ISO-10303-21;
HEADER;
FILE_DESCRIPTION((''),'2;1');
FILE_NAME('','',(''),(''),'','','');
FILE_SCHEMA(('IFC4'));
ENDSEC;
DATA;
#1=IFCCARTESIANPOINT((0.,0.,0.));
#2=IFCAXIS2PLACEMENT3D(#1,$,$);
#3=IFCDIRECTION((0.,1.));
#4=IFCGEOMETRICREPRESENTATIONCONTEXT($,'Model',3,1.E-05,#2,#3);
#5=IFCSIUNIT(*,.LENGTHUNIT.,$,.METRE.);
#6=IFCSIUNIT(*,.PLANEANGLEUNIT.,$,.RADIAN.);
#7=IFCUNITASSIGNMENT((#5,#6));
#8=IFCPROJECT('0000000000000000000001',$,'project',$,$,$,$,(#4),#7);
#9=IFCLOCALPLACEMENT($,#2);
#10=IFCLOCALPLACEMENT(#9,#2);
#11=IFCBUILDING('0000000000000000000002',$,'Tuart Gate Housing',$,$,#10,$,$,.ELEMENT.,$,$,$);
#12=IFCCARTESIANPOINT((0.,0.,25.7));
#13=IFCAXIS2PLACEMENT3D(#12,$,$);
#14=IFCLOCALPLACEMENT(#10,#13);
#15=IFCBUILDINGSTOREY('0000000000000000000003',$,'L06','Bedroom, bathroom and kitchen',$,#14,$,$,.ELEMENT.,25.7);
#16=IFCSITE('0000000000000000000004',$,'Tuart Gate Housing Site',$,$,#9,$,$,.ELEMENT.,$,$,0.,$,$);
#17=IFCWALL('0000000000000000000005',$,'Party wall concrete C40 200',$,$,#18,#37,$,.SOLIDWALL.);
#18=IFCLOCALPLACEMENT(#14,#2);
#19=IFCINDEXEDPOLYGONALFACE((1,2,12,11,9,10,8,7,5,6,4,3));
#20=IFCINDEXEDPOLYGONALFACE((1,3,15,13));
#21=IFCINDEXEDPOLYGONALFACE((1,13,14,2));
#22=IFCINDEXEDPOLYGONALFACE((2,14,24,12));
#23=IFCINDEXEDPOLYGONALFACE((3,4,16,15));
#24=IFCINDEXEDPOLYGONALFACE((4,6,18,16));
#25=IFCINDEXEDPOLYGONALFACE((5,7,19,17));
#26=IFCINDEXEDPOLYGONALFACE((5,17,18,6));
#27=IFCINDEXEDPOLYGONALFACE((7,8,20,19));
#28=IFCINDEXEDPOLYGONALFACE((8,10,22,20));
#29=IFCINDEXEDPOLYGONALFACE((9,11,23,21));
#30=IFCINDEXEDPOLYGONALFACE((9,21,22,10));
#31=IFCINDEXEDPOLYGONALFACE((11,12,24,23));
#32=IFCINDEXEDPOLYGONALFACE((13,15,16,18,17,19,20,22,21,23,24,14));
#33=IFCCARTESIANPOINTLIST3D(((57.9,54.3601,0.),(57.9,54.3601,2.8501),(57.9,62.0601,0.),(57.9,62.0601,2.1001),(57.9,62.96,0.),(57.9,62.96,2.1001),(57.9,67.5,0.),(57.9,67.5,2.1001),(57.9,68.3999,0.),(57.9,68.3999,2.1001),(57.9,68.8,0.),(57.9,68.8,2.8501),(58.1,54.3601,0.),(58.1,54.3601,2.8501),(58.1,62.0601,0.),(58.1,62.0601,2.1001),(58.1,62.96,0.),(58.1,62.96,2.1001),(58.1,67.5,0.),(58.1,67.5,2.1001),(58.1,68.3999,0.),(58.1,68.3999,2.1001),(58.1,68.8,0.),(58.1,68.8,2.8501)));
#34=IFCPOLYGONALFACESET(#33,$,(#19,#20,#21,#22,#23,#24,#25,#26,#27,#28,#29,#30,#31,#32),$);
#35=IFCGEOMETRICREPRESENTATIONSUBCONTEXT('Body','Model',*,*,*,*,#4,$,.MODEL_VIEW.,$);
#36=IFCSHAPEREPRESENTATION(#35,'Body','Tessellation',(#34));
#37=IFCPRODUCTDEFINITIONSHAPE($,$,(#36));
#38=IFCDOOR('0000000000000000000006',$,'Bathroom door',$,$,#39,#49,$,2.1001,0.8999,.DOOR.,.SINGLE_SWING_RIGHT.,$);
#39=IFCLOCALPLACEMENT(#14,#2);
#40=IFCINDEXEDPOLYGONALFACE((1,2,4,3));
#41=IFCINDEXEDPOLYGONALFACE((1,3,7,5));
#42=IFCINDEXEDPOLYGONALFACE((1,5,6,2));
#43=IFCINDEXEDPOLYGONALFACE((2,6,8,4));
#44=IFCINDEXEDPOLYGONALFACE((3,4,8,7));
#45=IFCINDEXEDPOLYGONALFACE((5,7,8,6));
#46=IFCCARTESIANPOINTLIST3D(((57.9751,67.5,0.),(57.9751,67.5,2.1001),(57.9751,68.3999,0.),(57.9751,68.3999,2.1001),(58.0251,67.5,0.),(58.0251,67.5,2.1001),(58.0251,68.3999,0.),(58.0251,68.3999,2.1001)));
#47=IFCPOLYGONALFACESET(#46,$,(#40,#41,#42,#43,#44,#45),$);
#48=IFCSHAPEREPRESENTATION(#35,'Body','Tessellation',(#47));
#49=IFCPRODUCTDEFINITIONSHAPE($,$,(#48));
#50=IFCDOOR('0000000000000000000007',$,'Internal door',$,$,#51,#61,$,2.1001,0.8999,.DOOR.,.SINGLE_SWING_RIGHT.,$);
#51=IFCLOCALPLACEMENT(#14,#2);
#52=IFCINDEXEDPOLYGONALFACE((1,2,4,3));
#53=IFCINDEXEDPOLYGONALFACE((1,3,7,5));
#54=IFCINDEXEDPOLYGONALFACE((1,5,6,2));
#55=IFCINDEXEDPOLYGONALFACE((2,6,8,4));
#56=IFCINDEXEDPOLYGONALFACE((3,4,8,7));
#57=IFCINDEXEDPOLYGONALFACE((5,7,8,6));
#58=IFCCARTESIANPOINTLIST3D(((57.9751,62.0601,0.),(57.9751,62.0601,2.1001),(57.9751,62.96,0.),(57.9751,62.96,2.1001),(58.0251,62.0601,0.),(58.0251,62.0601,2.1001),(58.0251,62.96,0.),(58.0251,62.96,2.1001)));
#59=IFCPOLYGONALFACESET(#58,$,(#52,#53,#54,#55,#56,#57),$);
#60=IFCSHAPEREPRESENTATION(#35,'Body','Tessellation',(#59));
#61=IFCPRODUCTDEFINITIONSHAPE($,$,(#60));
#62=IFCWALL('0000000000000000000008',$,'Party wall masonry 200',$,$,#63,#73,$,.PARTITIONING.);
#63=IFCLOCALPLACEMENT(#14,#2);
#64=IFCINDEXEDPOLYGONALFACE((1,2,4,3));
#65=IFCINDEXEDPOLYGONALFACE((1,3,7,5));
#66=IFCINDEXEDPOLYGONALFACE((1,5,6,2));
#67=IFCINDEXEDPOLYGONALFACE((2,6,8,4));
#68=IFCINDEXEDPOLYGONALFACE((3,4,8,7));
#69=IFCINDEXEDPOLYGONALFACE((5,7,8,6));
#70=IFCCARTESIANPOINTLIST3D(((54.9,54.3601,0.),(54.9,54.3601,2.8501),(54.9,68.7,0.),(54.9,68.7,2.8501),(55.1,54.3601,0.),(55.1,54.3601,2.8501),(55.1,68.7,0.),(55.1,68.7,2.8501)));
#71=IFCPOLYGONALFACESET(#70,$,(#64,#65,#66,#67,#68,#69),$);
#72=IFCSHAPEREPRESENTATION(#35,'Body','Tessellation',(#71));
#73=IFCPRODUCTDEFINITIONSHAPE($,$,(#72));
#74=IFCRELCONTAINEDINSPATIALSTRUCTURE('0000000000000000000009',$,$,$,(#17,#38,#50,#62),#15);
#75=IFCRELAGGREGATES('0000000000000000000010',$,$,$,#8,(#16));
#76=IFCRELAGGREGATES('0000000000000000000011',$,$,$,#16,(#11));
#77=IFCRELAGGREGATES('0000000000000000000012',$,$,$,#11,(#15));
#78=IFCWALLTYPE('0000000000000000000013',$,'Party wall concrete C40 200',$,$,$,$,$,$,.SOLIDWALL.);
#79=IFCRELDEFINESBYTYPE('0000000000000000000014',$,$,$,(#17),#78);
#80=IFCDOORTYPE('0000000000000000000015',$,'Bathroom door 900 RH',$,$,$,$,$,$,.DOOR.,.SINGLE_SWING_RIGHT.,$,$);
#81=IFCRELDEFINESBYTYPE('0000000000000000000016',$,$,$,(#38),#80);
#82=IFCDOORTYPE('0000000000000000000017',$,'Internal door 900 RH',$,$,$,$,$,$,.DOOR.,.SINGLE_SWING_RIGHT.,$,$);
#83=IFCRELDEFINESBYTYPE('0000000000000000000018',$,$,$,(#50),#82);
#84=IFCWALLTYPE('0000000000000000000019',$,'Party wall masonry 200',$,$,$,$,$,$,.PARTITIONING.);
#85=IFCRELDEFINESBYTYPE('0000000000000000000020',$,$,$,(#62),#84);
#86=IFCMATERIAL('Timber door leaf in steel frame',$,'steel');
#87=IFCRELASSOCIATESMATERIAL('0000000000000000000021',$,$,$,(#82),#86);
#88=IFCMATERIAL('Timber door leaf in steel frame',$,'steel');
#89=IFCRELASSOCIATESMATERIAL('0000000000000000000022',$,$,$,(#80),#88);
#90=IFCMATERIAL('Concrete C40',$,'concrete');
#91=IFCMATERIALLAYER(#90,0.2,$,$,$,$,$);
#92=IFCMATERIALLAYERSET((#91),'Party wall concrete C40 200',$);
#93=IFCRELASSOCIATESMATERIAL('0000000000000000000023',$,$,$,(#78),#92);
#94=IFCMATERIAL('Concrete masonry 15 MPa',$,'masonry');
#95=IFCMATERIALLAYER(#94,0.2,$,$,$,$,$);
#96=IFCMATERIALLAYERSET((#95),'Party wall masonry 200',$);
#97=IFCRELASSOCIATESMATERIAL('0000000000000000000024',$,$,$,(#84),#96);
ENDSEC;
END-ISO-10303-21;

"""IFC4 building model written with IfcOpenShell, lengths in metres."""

from ifc_helpers import new_model, si_unit, direction, frame, frame_2d, origin, place, context, subcontext, project, spatial, rectangle, extrude, material, layer, layer_set, type_object, element, fill, save


model = new_model("IFC4")

# Units and contexts
model_context = context("Model", 3, precision=1e-05, world=origin(), true_north=direction((0.0, 1.0)))
body_context = subcontext(model_context, "Body", "Model", "MODEL_VIEW")
ifc_project = project(units=[si_unit("LENGTHUNIT", "METRE"), si_unit("PLANEANGLEUNIT", "RADIAN")], contexts=[model_context])

# Site, building, storey
site_placement = place(None, origin())
site = spatial("IfcSite", under=ifc_project, at=site_placement, Name="Tuart Gate Housing Site", CompositionType="ELEMENT", RefElevation=0.0)
building_placement = place(site_placement, origin())
building = spatial("IfcBuilding", under=site, at=building_placement, Name="Tuart Gate Housing", CompositionType="ELEMENT")
storey_placement = place(building_placement, frame((0.0, 0.0, 25.7)))
storey = spatial("IfcBuildingStorey", under=building, at=storey_placement, Name="L06", Description="Bedroom, bathroom and kitchen", CompositionType="ELEMENT", Elevation=25.7)

# Shared definitions
ifc_material_1 = material(Name="Timber door leaf in steel frame", Category="steel")
door_type_1 = type_object("IfcDoorType", Name="Internal door 900 RH", OperationType="SINGLE_SWING_RIGHT", PredefinedType="DOOR", material=ifc_material_1)

# Shared definitions
ifc_material_2 = material(Name="Timber door leaf in steel frame", Category="steel")
door_type_2 = type_object("IfcDoorType", Name="Bathroom door 900 RH", OperationType="SINGLE_SWING_RIGHT", PredefinedType="DOOR", material=ifc_material_2)

# Shared definitions
ifc_material_3 = material(Name="Concrete C40", Category="concrete")
ifc_layer_1 = layer(ifc_material_3, 0.2)
ifc_layer_set_1 = layer_set([ifc_layer_1], Name="Party wall concrete C40 200")
wall_type_1 = type_object("IfcWallType", Name="Party wall concrete C40 200", PredefinedType="SOLIDWALL", material=ifc_layer_set_1)

# Wall, openings, doors
wall_1_placement = place(storey_placement, frame((58.0, 54.3601, 0.0), z_axis=(0.0, 0.0, 1.0), x_axis=(0.0, 1.0, 0.0)))
wall_1 = element("IfcWall", 1, at=wall_1_placement, inside=storey, type_object=wall_type_1, Name="Party wall concrete C40 200", PredefinedType="SOLIDWALL", context=body_context, shape_type="SweptSolid", body=[
    extrude(rectangle(XDim=14.4399, YDim=0.2, at=frame_2d((7.22, 0.0))), origin(), (0.0, 0.0, 1.0), 2.8501),
])
opening_1_placement = place(wall_1_placement, frame((7.7, 0.0, 0.0)))
opening_1 = element("IfcOpeningElement", 2, at=opening_1_placement, cuts=wall_1, PredefinedType="OPENING", context=body_context, shape_type="SweptSolid", body=[
    extrude(rectangle(XDim=0.8999, YDim=2.1001, at=frame_2d((0.45, 1.05))), frame((0.0, 0.1099, 0.0), z_axis=(0.0, -1.0, 0.0), x_axis=(1.0, 0.0, 0.0)), (0.0, 0.0, 1.0), 0.22),
])
opening_2_placement = place(wall_1_placement, frame((13.1399, 0.0, 0.0)))
opening_2 = element("IfcOpeningElement", 3, at=opening_2_placement, cuts=wall_1, PredefinedType="OPENING", context=body_context, shape_type="SweptSolid", body=[
    extrude(rectangle(XDim=0.8999, YDim=2.1001, at=frame_2d((0.45, 1.05))), frame((0.0, 0.1099, 0.0), z_axis=(0.0, -1.0, 0.0), x_axis=(1.0, 0.0, 0.0)), (0.0, 0.0, 1.0), 0.22),
])
door_1_placement = place(opening_2_placement, origin())
door_1 = element("IfcDoor", 4, at=door_1_placement, inside=storey, type_object=door_type_2, Name="Bathroom door", OperationType="SINGLE_SWING_RIGHT", OverallHeight=2.1001, OverallWidth=0.8999, PredefinedType="DOOR", context=body_context, shape_type="SweptSolid", body=[
    extrude(rectangle(XDim=0.8999, YDim=2.1001, at=frame_2d((0.45, 1.05))), frame((0.0, 0.0249, 0.0), z_axis=(0.0, -1.0, 0.0), x_axis=(1.0, 0.0, 0.0)), (0.0, 0.0, 1.0), 0.05),
])
fill(opening_2, door_1)
door_2_placement = place(opening_1_placement, origin())
door_2 = element("IfcDoor", 5, at=door_2_placement, inside=storey, type_object=door_type_1, Name="Internal door", OperationType="SINGLE_SWING_RIGHT", OverallHeight=2.1001, OverallWidth=0.8999, PredefinedType="DOOR", context=body_context, shape_type="SweptSolid", body=[
    extrude(rectangle(XDim=0.8999, YDim=2.1001, at=frame_2d((0.45, 1.05))), frame((0.0, 0.0249, 0.0), z_axis=(0.0, -1.0, 0.0), x_axis=(1.0, 0.0, 0.0)), (0.0, 0.0, 1.0), 0.05),
])
fill(opening_1, door_2)

# Wall
ifc_material_4 = material(Name="Concrete masonry 15 MPa", Category="masonry")
ifc_layer_2 = layer(ifc_material_4, 0.2)
ifc_layer_set_2 = layer_set([ifc_layer_2], Name="Party wall masonry 200")
wall_type_2 = type_object("IfcWallType", Name="Party wall masonry 200", PredefinedType="PARTITIONING", material=ifc_layer_set_2)
wall_2_placement = place(storey_placement, frame((55.0, 54.3601, 0.0), z_axis=(0.0, 0.0, 1.0), x_axis=(0.0, 1.0, 0.0)))
element("IfcWall", 6, at=wall_2_placement, inside=storey, type_object=wall_type_2, Name="Party wall masonry 200", PredefinedType="PARTITIONING", context=body_context, shape_type="SweptSolid", body=[
    extrude(rectangle(XDim=14.3398, YDim=0.2, at=frame_2d((7.1699, 0.0))), origin(), (0.0, 0.0, 1.0), 2.8501),
])

save(model, "model.ifc")
